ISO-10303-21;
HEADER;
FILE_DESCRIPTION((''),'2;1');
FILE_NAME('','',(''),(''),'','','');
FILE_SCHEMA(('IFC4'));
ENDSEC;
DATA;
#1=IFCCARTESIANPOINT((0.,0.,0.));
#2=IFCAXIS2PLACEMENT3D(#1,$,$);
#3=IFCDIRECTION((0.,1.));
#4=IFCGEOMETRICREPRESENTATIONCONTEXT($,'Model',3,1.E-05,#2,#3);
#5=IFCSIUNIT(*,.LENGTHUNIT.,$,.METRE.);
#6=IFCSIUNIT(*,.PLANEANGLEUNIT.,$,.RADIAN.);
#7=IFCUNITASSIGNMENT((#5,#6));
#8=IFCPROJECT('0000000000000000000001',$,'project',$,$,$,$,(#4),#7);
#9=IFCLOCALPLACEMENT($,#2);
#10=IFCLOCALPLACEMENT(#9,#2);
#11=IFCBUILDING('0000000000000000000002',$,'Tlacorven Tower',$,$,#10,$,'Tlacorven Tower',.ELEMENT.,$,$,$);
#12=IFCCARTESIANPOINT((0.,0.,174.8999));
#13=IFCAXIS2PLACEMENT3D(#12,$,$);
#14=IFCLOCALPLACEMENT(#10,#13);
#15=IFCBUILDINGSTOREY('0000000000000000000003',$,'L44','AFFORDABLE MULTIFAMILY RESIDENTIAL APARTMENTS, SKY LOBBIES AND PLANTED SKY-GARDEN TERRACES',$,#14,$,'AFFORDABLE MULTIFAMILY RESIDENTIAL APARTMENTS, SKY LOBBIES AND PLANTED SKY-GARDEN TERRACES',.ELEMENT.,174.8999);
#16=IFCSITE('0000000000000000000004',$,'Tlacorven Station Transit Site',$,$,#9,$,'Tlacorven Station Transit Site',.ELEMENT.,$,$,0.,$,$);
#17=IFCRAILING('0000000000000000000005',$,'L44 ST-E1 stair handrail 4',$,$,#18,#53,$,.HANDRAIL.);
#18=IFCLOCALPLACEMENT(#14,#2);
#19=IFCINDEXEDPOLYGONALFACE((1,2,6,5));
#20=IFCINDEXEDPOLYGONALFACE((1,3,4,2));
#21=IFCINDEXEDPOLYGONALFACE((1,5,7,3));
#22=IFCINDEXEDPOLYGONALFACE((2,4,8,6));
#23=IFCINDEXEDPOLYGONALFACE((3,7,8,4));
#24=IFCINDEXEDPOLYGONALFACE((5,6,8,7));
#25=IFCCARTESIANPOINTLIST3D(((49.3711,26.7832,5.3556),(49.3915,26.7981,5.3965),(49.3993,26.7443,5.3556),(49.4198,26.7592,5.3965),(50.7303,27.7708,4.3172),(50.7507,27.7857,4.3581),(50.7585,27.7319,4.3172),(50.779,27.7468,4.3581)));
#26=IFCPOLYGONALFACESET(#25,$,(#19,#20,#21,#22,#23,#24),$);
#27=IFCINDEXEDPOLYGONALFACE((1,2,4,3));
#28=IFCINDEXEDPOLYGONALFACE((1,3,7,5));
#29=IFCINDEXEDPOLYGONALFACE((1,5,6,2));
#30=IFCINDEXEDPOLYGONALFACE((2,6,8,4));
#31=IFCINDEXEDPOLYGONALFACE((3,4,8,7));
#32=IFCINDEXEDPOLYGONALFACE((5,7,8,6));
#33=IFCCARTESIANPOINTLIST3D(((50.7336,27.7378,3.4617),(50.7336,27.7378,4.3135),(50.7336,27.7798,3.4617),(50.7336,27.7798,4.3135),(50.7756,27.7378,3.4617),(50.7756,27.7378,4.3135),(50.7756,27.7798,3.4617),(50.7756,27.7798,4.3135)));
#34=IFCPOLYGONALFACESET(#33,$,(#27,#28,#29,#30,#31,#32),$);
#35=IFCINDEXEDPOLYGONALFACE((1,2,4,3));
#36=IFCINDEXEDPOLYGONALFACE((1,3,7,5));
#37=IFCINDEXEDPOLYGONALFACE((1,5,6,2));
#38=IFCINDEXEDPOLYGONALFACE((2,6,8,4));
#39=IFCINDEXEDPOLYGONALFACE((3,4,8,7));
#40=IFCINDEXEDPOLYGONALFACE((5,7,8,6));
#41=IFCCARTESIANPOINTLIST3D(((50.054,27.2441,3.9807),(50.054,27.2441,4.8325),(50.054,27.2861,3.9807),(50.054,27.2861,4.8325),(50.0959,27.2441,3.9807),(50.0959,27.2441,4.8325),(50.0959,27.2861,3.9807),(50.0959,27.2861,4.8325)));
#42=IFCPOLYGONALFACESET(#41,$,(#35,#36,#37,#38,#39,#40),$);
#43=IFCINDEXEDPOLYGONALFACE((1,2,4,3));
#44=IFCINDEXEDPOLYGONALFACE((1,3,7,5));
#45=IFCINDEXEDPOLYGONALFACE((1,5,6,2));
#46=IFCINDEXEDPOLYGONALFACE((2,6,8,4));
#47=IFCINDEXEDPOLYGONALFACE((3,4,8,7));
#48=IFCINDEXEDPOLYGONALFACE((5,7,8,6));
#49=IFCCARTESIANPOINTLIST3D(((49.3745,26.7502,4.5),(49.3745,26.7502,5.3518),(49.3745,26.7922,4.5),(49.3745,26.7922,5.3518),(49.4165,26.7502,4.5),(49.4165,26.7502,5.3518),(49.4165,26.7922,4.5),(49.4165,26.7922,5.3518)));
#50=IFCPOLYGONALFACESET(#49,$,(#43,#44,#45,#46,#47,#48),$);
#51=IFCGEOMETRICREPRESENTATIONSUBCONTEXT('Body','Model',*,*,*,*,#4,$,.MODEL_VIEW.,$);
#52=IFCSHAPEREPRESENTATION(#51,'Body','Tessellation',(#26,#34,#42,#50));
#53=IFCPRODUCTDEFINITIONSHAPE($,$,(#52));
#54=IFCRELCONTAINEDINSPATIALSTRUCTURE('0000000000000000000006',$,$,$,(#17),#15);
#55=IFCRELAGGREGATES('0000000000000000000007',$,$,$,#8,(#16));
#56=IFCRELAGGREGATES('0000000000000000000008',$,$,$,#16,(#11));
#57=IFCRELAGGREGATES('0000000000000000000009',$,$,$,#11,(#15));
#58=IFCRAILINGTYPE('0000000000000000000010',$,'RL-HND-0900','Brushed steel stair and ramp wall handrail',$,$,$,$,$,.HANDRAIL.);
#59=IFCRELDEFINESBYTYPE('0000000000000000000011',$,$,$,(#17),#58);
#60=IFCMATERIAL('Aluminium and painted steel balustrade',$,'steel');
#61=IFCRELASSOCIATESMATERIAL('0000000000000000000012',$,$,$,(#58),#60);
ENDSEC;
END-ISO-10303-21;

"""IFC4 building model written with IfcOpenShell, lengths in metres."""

from ifc_helpers import new_model, si_unit, direction, frame, origin, origin_2d, place, context, subcontext, project, spatial, rectangle, extrude, source, transform, mapped, material, type_object, element, save


model = new_model("IFC4")

# Units and contexts
model_context = context("Model", 3, precision=1e-05, world=origin(), true_north=direction((0.0, 1.0)))
body_context = subcontext(model_context, "Body", "Model", "MODEL_VIEW")
ifc_project = project(units=[si_unit("LENGTHUNIT", "METRE"), si_unit("PLANEANGLEUNIT", "RADIAN")], contexts=[model_context])

# Site, building, storey
site_placement = place(None, origin())
site = spatial("IfcSite", under=ifc_project, at=site_placement, Name="Tlacorven Station Transit Site", LongName="Tlacorven Station Transit Site", CompositionType="ELEMENT", RefElevation=0.0)
building_placement = place(site_placement, origin())
building = spatial("IfcBuilding", under=site, at=building_placement, Name="Tlacorven Tower", LongName="Tlacorven Tower", CompositionType="ELEMENT")
storey_placement = place(building_placement, frame((0.0, 0.0, 174.8999)))
storey = spatial("IfcBuildingStorey", under=building, at=storey_placement, Name="L44", Description="AFFORDABLE MULTIFAMILY RESIDENTIAL APARTMENTS, SKY LOBBIES AND PLANTED SKY-GARDEN TERRACES", LongName="AFFORDABLE MULTIFAMILY RESIDENTIAL APARTMENTS, SKY LOBBIES AND PLANTED SKY-GARDEN TERRACES", CompositionType="ELEMENT", Elevation=174.8999)

# Railing
ifc_material_1 = material(Name="Aluminium and painted steel balustrade", Category="steel")
railing_type_1 = type_object("IfcRailingType", Name="RL-HND-0900", Description="Brushed steel stair and ramp wall handrail", PredefinedType="HANDRAIL", material=ifc_material_1)
shared_shape_1 = source(origin(), body_context, "Body", "SweptSolid", [
    extrude(rectangle(XDim=0.0481, YDim=0.0481, at=origin_2d()), frame((0.0, 0.0, 0.876), z_axis=(-0.688168, -0.500025, 0.525737), x_axis=(0.587817, -0.808994, 0.0)), (0.0, 0.0, 1.0), 1.9751),
    extrude(rectangle(XDim=0.042, YDim=0.042, at=origin_2d()), origin(), (0.0, 0.0, 1.0), 0.8518),
    extrude(rectangle(XDim=0.042, YDim=0.042, at=origin_2d()), frame((-0.6797, -0.4937, 0.519)), (0.0, 0.0, 1.0), 0.8518),
    extrude(rectangle(XDim=0.042, YDim=0.042, at=origin_2d()), frame((-1.3591, -0.9875, 1.0383)), (0.0, 0.0, 1.0), 0.8518),
])
railing_1_placement = place(storey_placement, frame((50.7546, 27.7588, 3.4617)))
element("IfcRailing", 1, at=railing_1_placement, inside=storey, type_object=railing_type_1, Name="L44 ST-E1 stair handrail 4", PredefinedType="HANDRAIL", context=body_context, shape_type="MappedRepresentation", body=[
    mapped(shared_shape_1, transform((0.0, 0.0, 0.0), scale=1.0)),
])

save(model, "model.ifc")
